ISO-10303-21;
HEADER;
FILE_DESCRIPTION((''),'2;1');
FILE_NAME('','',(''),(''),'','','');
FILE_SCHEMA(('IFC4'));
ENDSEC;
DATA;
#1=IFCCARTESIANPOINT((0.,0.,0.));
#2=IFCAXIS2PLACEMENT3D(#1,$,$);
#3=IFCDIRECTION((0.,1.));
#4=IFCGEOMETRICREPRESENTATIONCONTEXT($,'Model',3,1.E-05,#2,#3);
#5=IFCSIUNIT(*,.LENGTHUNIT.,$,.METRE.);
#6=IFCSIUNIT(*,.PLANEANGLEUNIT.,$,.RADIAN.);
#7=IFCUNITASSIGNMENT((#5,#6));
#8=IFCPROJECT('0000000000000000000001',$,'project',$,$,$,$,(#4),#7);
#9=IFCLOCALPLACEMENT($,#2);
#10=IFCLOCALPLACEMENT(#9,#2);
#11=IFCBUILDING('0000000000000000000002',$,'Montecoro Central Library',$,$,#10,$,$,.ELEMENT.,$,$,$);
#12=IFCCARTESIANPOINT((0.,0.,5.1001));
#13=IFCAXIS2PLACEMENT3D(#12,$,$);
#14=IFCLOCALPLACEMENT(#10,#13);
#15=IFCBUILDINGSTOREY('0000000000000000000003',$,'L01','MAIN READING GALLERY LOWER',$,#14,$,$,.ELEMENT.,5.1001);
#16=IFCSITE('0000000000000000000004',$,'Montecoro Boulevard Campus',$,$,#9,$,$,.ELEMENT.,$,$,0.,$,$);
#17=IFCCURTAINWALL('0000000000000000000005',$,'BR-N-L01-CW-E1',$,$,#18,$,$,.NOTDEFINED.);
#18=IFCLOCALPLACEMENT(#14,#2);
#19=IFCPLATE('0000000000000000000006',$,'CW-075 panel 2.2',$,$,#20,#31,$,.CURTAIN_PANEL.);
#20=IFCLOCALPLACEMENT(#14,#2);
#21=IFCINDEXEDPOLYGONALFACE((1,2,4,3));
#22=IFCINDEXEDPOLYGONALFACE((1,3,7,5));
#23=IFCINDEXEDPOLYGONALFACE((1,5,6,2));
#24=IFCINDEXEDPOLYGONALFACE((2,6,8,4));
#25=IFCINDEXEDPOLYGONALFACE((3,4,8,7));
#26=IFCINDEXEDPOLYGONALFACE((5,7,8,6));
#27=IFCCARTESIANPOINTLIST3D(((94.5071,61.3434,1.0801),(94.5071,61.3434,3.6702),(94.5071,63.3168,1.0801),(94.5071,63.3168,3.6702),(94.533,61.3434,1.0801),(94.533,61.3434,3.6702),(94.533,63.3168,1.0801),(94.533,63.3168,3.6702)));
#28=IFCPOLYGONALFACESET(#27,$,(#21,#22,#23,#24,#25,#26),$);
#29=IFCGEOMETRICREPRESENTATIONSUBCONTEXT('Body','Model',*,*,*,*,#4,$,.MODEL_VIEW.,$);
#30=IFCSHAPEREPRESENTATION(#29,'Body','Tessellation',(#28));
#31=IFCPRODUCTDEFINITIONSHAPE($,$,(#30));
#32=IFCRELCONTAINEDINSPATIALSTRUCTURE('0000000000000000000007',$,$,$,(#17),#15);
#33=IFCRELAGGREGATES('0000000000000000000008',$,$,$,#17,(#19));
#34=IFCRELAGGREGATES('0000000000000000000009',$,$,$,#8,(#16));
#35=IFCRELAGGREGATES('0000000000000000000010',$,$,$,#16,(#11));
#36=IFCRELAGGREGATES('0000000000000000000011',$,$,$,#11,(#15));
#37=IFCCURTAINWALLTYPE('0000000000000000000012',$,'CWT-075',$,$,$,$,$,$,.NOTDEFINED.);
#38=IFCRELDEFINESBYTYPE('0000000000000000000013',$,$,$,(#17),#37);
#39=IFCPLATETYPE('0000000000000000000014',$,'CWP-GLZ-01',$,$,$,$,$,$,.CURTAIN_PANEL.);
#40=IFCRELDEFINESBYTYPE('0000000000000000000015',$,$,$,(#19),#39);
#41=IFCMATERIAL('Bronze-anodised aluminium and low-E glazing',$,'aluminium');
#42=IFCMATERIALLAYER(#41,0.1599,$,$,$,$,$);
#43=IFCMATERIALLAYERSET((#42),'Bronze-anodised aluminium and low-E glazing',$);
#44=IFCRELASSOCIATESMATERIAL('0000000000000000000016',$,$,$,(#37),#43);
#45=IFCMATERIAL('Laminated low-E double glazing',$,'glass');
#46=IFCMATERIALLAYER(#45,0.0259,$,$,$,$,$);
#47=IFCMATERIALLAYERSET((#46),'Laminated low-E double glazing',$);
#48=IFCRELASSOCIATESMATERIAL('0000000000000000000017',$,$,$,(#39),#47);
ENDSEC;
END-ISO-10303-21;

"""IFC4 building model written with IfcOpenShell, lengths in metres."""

from ifc_helpers import new_model, si_unit, direction, frame, origin, origin_2d, place, context, subcontext, project, spatial, rectangle, extrude, material, layer, layer_set, type_object, element, aggregate, save


model = new_model("IFC4")

# Units and contexts
model_context = context("Model", 3, precision=1e-05, world=origin(), true_north=direction((0.0, 1.0)))
body_context = subcontext(model_context, "Body", "Model", "MODEL_VIEW")
ifc_project = project(units=[si_unit("LENGTHUNIT", "METRE"), si_unit("PLANEANGLEUNIT", "RADIAN")], contexts=[model_context])

# Site, building, storey
site_placement = place(None, origin())
site = spatial("IfcSite", under=ifc_project, at=site_placement, Name="Montecoro Boulevard Campus", CompositionType="ELEMENT", RefElevation=0.0)
building_placement = place(site_placement, origin())
building = spatial("IfcBuilding", under=site, at=building_placement, Name="Montecoro Central Library", CompositionType="ELEMENT")
storey_placement = place(building_placement, frame((0.0, 0.0, 5.1001)))
storey = spatial("IfcBuildingStorey", under=building, at=storey_placement, Name="L01", Description="MAIN READING GALLERY LOWER", CompositionType="ELEMENT", Elevation=5.1001)

# Shared definitions
ifc_material_1 = material(Name="Bronze-anodised aluminium and low-E glazing", Category="aluminium")
ifc_layer_1 = layer(ifc_material_1, 0.1599)
ifc_layer_set_1 = layer_set([ifc_layer_1], Name="Bronze-anodised aluminium and low-E glazing")
curtain_wall_type_1 = type_object("IfcCurtainWallType", Name="CWT-075", PredefinedType="NOTDEFINED", material=ifc_layer_set_1)

# Curtain wall
curtain_wall_1_placement = place(storey_placement, origin())
curtain_wall_1 = element("IfcCurtainWall", 1, at=curtain_wall_1_placement, inside=storey, type_object=curtain_wall_type_1, Name="BR-N-L01-CW-E1", PredefinedType="NOTDEFINED")

# Plate
ifc_material_2 = material(Name="Laminated low-E double glazing", Category="glass")
ifc_layer_2 = layer(ifc_material_2, 0.0259)
ifc_layer_set_2 = layer_set([ifc_layer_2], Name="Laminated low-E double glazing")
plate_type = type_object("IfcPlateType", Name="CWP-GLZ-01", PredefinedType="CURTAIN_PANEL", material=ifc_layer_set_2)
plate_1_placement = place(storey_placement, frame((94.52, 62.3301, 1.0801), z_axis=(0.0, 0.0, 1.0), x_axis=(0.0, 1.0, 0.0)))
plate_1 = element("IfcPlate", 2, at=plate_1_placement, type_object=plate_type, Name="CW-075 panel 2.2", PredefinedType="CURTAIN_PANEL", context=body_context, shape_type="SweptSolid", body=[
    extrude(rectangle(XDim=1.9734, YDim=0.0259, at=origin_2d()), origin(), (0.0, 0.0, 1.0), 2.5901),
])
aggregate(curtain_wall_1, [plate_1])

save(model, "model.ifc")
